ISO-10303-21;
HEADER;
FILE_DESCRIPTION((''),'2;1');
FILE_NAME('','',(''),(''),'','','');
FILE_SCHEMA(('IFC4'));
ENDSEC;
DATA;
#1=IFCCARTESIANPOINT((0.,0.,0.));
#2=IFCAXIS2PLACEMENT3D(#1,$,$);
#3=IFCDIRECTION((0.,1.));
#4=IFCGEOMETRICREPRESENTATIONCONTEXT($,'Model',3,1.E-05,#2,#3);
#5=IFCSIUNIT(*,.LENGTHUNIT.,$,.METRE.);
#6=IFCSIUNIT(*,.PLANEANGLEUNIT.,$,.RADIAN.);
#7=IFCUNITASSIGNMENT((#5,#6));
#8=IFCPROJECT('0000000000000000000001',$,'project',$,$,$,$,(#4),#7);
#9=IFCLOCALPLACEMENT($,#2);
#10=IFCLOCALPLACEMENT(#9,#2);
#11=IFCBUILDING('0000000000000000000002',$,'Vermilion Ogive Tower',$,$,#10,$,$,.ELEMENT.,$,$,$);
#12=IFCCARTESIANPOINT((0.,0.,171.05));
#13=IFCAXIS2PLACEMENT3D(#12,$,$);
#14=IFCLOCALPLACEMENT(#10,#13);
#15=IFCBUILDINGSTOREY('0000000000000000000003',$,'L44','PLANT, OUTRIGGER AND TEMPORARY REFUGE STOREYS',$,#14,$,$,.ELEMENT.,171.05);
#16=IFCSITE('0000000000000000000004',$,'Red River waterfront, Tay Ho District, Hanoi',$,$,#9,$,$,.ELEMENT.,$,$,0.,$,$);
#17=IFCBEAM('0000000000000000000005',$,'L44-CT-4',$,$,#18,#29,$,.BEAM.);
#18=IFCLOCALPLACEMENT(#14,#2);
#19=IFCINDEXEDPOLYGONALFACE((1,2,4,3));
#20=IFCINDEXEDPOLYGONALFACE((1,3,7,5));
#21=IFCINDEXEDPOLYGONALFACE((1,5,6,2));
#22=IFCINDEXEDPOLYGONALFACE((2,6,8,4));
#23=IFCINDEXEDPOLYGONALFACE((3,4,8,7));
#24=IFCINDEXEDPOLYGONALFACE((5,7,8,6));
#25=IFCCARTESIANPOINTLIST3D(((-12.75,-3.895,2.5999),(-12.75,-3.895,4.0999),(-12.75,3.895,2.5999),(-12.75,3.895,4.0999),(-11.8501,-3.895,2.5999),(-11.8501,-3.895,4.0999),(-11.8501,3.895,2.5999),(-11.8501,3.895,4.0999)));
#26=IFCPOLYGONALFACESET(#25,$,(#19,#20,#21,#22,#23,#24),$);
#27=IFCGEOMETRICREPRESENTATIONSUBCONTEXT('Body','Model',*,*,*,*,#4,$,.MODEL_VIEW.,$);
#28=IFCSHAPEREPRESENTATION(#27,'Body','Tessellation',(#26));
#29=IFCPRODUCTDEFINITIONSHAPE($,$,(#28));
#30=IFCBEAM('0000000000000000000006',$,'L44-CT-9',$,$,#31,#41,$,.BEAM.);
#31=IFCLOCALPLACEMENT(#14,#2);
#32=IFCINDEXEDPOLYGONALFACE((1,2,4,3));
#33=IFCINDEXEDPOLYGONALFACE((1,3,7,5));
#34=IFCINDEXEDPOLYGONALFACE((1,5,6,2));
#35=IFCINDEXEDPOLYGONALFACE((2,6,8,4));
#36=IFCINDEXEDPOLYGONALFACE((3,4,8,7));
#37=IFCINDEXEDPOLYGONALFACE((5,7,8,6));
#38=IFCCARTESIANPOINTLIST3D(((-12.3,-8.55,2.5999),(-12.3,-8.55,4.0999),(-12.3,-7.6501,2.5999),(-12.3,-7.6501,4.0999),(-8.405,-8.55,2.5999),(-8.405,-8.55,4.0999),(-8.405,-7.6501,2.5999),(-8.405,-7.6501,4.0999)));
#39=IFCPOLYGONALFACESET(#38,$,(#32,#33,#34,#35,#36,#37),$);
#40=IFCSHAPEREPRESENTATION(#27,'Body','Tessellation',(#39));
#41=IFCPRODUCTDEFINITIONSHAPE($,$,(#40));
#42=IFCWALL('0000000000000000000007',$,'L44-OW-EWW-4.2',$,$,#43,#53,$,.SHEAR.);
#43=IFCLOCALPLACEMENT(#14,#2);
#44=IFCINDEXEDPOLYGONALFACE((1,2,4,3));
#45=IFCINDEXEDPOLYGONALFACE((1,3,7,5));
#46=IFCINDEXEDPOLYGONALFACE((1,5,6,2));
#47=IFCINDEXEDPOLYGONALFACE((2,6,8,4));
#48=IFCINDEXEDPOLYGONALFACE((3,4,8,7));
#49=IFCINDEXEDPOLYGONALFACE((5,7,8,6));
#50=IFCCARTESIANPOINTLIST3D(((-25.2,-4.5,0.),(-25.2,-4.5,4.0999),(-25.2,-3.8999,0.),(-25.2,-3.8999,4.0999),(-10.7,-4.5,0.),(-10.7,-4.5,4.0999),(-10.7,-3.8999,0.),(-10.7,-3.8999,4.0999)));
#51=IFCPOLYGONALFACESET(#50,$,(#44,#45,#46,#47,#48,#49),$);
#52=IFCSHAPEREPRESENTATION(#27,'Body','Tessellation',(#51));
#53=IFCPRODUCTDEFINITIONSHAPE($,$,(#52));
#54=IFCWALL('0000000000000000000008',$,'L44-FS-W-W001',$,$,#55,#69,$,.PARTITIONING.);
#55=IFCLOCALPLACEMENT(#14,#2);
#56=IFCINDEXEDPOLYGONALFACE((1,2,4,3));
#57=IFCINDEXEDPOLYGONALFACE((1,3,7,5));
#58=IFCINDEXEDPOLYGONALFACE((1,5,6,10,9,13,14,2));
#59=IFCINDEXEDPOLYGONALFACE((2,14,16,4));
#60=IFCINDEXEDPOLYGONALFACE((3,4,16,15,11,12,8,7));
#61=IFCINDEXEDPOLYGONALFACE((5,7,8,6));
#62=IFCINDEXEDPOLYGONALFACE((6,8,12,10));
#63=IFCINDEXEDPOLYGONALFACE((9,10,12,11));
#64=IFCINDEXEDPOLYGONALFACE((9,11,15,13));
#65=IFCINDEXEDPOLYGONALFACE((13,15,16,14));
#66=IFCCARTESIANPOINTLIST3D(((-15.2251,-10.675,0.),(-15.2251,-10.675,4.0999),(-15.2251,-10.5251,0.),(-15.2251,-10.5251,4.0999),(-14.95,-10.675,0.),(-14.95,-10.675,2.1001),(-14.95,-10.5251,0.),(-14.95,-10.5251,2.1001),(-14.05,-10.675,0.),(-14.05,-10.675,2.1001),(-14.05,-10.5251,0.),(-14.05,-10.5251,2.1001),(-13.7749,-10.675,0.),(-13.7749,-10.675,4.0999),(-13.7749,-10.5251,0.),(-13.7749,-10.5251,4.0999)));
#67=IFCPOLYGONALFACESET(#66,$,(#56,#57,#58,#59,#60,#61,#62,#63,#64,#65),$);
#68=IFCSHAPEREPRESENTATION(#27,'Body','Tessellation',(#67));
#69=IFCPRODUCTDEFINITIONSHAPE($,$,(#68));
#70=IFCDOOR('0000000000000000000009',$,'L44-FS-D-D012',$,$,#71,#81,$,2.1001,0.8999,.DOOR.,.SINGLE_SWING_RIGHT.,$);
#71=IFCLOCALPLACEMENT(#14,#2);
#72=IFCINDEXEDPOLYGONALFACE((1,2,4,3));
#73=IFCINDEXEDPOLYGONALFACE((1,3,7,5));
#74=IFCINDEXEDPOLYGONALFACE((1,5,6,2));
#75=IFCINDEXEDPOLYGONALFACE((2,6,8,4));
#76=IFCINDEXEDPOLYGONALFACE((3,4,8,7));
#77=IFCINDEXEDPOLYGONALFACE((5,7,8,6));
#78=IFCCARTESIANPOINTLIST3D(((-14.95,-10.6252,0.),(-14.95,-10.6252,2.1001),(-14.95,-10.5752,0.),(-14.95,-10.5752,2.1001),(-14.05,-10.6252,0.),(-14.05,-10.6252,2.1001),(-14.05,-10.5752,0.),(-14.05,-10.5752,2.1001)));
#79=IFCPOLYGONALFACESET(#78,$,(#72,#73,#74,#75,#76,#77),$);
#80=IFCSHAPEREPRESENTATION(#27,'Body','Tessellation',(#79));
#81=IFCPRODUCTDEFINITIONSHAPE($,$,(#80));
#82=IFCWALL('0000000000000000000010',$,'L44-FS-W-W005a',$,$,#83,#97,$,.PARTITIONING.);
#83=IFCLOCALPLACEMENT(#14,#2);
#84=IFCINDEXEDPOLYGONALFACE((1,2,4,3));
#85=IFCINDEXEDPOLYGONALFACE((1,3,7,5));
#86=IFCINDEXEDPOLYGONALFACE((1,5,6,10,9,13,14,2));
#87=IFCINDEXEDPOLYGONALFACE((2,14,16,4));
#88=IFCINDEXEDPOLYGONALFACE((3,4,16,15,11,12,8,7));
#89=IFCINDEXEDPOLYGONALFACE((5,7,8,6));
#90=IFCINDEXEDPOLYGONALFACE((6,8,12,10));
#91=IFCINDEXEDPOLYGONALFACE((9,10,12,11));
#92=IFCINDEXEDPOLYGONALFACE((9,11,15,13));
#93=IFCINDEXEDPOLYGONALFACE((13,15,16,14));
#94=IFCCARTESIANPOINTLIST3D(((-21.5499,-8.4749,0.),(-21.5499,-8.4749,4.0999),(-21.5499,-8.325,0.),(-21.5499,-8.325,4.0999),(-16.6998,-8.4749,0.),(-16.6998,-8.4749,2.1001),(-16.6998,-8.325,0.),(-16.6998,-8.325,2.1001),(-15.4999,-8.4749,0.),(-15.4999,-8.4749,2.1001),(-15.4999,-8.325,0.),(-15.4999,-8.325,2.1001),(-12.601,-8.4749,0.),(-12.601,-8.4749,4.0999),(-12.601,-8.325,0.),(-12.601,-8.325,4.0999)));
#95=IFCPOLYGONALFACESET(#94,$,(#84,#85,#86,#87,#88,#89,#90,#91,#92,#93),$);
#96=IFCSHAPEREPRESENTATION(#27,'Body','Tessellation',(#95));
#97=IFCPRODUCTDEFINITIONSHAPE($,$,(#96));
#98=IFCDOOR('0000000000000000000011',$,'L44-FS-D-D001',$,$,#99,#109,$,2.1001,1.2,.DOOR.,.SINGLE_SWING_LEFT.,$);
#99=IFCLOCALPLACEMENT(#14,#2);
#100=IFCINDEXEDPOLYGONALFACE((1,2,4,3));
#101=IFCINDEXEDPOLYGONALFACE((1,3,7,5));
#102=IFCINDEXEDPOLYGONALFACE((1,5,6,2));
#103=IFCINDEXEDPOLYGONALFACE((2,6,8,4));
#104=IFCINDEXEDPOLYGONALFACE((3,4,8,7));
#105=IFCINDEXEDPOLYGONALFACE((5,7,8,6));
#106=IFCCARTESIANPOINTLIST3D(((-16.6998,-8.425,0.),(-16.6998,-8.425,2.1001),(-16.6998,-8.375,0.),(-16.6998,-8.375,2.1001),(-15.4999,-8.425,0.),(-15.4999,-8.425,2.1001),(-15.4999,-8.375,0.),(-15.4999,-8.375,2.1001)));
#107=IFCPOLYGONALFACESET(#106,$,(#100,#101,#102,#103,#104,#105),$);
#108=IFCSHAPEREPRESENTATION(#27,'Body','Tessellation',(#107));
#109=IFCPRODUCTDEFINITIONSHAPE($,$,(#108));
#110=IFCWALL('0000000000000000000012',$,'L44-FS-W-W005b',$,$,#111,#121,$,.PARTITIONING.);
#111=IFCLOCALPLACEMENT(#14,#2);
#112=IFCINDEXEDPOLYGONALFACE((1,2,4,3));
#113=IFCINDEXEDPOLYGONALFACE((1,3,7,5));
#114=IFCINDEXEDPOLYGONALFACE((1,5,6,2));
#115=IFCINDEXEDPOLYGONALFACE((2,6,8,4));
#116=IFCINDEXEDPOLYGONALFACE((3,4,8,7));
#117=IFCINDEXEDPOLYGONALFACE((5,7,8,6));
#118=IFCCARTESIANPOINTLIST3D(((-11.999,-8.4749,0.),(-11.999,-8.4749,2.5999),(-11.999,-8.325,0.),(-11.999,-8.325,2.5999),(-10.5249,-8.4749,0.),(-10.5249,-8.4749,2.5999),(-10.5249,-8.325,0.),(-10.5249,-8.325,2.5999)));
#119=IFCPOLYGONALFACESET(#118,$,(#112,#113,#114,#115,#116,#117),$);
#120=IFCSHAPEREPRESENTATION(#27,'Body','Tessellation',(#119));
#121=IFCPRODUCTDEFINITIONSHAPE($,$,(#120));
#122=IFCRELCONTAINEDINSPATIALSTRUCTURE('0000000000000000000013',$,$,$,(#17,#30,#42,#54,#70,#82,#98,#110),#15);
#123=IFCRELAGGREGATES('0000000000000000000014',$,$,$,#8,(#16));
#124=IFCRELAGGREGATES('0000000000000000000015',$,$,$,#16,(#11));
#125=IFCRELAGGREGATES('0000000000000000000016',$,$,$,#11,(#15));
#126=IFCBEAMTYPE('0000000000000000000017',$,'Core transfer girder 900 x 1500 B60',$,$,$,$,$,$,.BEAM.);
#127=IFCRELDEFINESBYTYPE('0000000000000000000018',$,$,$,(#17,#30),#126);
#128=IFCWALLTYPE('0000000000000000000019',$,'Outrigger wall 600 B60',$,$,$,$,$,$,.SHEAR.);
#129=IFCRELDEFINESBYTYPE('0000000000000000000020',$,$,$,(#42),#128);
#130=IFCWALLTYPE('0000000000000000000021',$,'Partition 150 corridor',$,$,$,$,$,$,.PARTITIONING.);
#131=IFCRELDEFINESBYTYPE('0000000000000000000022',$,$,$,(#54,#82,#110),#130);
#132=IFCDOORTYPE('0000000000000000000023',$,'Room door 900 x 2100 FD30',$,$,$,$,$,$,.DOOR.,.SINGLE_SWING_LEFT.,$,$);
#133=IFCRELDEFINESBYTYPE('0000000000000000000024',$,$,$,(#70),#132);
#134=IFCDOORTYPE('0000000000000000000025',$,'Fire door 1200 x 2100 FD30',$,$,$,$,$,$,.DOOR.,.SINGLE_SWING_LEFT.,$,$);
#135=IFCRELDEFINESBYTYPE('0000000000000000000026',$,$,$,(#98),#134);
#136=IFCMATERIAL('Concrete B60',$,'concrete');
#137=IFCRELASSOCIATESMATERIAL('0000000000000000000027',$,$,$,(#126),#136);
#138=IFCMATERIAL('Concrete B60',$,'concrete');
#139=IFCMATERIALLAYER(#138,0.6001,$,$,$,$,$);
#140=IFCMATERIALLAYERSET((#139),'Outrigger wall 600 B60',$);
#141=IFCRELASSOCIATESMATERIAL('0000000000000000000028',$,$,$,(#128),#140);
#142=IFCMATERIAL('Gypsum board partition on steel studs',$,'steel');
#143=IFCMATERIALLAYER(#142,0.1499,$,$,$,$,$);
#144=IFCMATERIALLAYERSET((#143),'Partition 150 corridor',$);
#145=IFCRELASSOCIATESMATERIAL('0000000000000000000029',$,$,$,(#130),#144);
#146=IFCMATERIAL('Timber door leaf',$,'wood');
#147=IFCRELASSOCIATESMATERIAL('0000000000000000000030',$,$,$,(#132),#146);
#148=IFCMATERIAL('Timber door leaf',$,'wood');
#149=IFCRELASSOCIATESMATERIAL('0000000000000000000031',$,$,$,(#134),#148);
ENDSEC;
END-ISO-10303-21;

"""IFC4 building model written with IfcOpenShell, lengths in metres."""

from ifc_helpers import new_model, si_unit, direction, frame, frame_2d, origin, origin_2d, place, context, subcontext, project, spatial, rectangle, extrude, material, layer, layer_set, material_profile, profile_set, type_object, element, fill, save


model = new_model("IFC4")

# Units and contexts
model_context = context("Model", 3, precision=1e-05, world=origin(), true_north=direction((0.0, 1.0)))
body_context = subcontext(model_context, "Body", "Model", "MODEL_VIEW")
ifc_project = project(units=[si_unit("LENGTHUNIT", "METRE"), si_unit("PLANEANGLEUNIT", "RADIAN")], contexts=[model_context])

# Site, building, storey
site_placement = place(None, origin())
site = spatial("IfcSite", under=ifc_project, at=site_placement, Name="Red River waterfront, Tay Ho District, Hanoi", CompositionType="ELEMENT", RefElevation=0.0)
building_placement = place(site_placement, origin())
building = spatial("IfcBuilding", under=site, at=building_placement, Name="Vermilion Ogive Tower", CompositionType="ELEMENT")
storey_placement = place(building_placement, frame((0.0, 0.0, 171.05)))
storey = spatial("IfcBuildingStorey", under=building, at=storey_placement, Name="L44", Description="PLANT, OUTRIGGER AND TEMPORARY REFUGE STOREYS", CompositionType="ELEMENT", Elevation=171.05)

# Beams
ifc_material_1 = material(Name="Concrete B60", Category="concrete")
ifc_material_profile = material_profile(ifc_material_1, rectangle(XDim=0.8999, YDim=1.5, at=origin_2d()), Name="900 x 1500")
ifc_profile_set = profile_set([ifc_material_profile], Name="Concrete B60")
beam_type = type_object("IfcBeamType", Name="Core transfer girder 900 x 1500 B60", PredefinedType="BEAM", material=ifc_profile_set)
beam_1_placement = place(storey_placement, frame((-12.3, -3.895, 3.3499), z_axis=(0.0, 1.0, 0.0), x_axis=(-1.0, 0.0, 0.0)))
element("IfcBeam", 1, at=beam_1_placement, inside=storey, type_object=beam_type, Name="L44-CT-4", PredefinedType="BEAM", context=body_context, shape_type="SweptSolid", body=[
    extrude(rectangle(XDim=0.8999, YDim=1.5, at=origin_2d()), origin(), (0.0, 0.0, 1.0), 7.79),
])
beam_2_placement = place(storey_placement, frame((-12.3, -8.1001, 3.3499), z_axis=(1.0, 0.0, 0.0), x_axis=(0.0, 1.0, 0.0)))
element("IfcBeam", 2, at=beam_2_placement, inside=storey, type_object=beam_type, Name="L44-CT-9", PredefinedType="BEAM", context=body_context, shape_type="SweptSolid", body=[
    extrude(rectangle(XDim=0.8999, YDim=1.5, at=origin_2d()), origin(), (0.0, 0.0, 1.0), 3.895),
])

# Wall
ifc_material_2 = material(Name="Concrete B60", Category="concrete")
ifc_layer_1 = layer(ifc_material_2, 0.6001)
ifc_layer_set_1 = layer_set([ifc_layer_1], Name="Outrigger wall 600 B60")
wall_type_1 = type_object("IfcWallType", Name="Outrigger wall 600 B60", PredefinedType="SHEAR", material=ifc_layer_set_1)
wall_1_placement = place(storey_placement, frame((-10.7, -4.2, 0.0), z_axis=(0.0, 0.0, 1.0), x_axis=(-1.0, 0.0, 0.0)))
element("IfcWall", 3, at=wall_1_placement, inside=storey, type_object=wall_type_1, Name="L44-OW-EWW-4.2", PredefinedType="SHEAR", context=body_context, shape_type="SweptSolid", body=[
    extrude(rectangle(XDim=14.5, YDim=0.6001, at=frame_2d((7.25, 0.0))), origin(), (0.0, 0.0, 1.0), 4.0999),
])

# Walls, openings, doors
ifc_material_3 = material(Name="Gypsum board partition on steel studs", Category="steel")
ifc_layer_2 = layer(ifc_material_3, 0.1499)
ifc_layer_set_2 = layer_set([ifc_layer_2], Name="Partition 150 corridor")
wall_type_2 = type_object("IfcWallType", Name="Partition 150 corridor", PredefinedType="PARTITIONING", material=ifc_layer_set_2)
wall_2_placement = place(storey_placement, frame((-15.2251, -10.6001, 0.0), z_axis=(0.0, 0.0, 1.0), x_axis=(1.0, 0.0, 0.0)))
wall_2 = element("IfcWall", 4, at=wall_2_placement, inside=storey, type_object=wall_type_2, Name="L44-FS-W-W001", PredefinedType="PARTITIONING", context=body_context, shape_type="SweptSolid", body=[
    extrude(rectangle(XDim=1.4502, YDim=0.1499, at=frame_2d((0.7251, 0.0))), origin(), (0.0, 0.0, 1.0), 4.0999),
])
opening_1_placement = place(wall_2_placement, frame((0.2751, 0.0, 0.0)))
opening_1 = element("IfcOpeningElement", 5, at=opening_1_placement, cuts=wall_2, PredefinedType="OPENING", context=body_context, shape_type="SweptSolid", body=[
    extrude(rectangle(XDim=0.8999, YDim=2.1001, at=frame_2d((0.45, 1.05))), frame((0.0, 0.085, 0.0), z_axis=(0.0, -1.0, 0.0), x_axis=(1.0, 0.0, 0.0)), (0.0, 0.0, 1.0), 0.1699),
])
ifc_material_4 = material(Name="Timber door leaf", Category="wood")
door_type_1 = type_object("IfcDoorType", Name="Room door 900 x 2100 FD30", OperationType="SINGLE_SWING_LEFT", PredefinedType="DOOR", material=ifc_material_4)
door_1_placement = place(opening_1_placement, origin())
door_1 = element("IfcDoor", 6, at=door_1_placement, inside=storey, type_object=door_type_1, Name="L44-FS-D-D012", OperationType="SINGLE_SWING_RIGHT", OverallHeight=2.1001, OverallWidth=0.8999, PredefinedType="DOOR", context=body_context, shape_type="SweptSolid", body=[
    extrude(rectangle(XDim=0.8999, YDim=2.1001, at=frame_2d((0.45, 1.05))), frame((0.0, 0.0249, 0.0), z_axis=(0.0, -1.0, 0.0), x_axis=(1.0, 0.0, 0.0)), (0.0, 0.0, 1.0), 0.05),
])
fill(opening_1, door_1)
wall_3_placement = place(storey_placement, frame((-21.55, -8.3999, 0.0), z_axis=(0.0, 0.0, 1.0), x_axis=(1.0, 0.0, 0.0)))
wall_3 = element("IfcWall", 7, at=wall_3_placement, inside=storey, type_object=wall_type_2, Name="L44-FS-W-W005a", PredefinedType="PARTITIONING", context=body_context, shape_type="SweptSolid", body=[
    extrude(rectangle(XDim=8.949, YDim=0.1499, at=frame_2d((4.4746, 0.0))), origin(), (0.0, 0.0, 1.0), 4.0999),
])
opening_2_placement = place(wall_3_placement, frame((4.8501, 0.0, 0.0)))
opening_2 = element("IfcOpeningElement", 8, at=opening_2_placement, cuts=wall_3, PredefinedType="OPENING", context=body_context, shape_type="SweptSolid", body=[
    extrude(rectangle(XDim=1.2, YDim=2.1001, at=frame_2d((0.6001, 1.05))), frame((0.0, 0.085, 0.0), z_axis=(0.0, -1.0, 0.0), x_axis=(1.0, 0.0, 0.0)), (0.0, 0.0, 1.0), 0.1699),
])
ifc_material_5 = material(Name="Timber door leaf", Category="wood")
door_type_2 = type_object("IfcDoorType", Name="Fire door 1200 x 2100 FD30", OperationType="SINGLE_SWING_LEFT", PredefinedType="DOOR", material=ifc_material_5)
door_2_placement = place(opening_2_placement, origin())
door_2 = element("IfcDoor", 9, at=door_2_placement, inside=storey, type_object=door_type_2, Name="L44-FS-D-D001", OperationType="SINGLE_SWING_LEFT", OverallHeight=2.1001, OverallWidth=1.2, PredefinedType="DOOR", context=body_context, shape_type="SweptSolid", body=[
    extrude(rectangle(XDim=1.2, YDim=2.1001, at=frame_2d((0.6001, 1.05))), frame((0.0, 0.0249, 0.0), z_axis=(0.0, -1.0, 0.0), x_axis=(1.0, 0.0, 0.0)), (0.0, 0.0, 1.0), 0.05),
])
fill(opening_2, door_2)

# Wall
wall_4_placement = place(storey_placement, frame((-11.999, -8.3999, 0.0), z_axis=(0.0, 0.0, 1.0), x_axis=(1.0, 0.0, 0.0)))
element("IfcWall", 10, at=wall_4_placement, inside=storey, type_object=wall_type_2, Name="L44-FS-W-W005b", PredefinedType="PARTITIONING", context=body_context, shape_type="SweptSolid", body=[
    extrude(rectangle(XDim=1.4741, YDim=0.1499, at=frame_2d((0.7371, 0.0))), origin(), (0.0, 0.0, 1.0), 2.5999),
])

save(model, "model.ifc")
